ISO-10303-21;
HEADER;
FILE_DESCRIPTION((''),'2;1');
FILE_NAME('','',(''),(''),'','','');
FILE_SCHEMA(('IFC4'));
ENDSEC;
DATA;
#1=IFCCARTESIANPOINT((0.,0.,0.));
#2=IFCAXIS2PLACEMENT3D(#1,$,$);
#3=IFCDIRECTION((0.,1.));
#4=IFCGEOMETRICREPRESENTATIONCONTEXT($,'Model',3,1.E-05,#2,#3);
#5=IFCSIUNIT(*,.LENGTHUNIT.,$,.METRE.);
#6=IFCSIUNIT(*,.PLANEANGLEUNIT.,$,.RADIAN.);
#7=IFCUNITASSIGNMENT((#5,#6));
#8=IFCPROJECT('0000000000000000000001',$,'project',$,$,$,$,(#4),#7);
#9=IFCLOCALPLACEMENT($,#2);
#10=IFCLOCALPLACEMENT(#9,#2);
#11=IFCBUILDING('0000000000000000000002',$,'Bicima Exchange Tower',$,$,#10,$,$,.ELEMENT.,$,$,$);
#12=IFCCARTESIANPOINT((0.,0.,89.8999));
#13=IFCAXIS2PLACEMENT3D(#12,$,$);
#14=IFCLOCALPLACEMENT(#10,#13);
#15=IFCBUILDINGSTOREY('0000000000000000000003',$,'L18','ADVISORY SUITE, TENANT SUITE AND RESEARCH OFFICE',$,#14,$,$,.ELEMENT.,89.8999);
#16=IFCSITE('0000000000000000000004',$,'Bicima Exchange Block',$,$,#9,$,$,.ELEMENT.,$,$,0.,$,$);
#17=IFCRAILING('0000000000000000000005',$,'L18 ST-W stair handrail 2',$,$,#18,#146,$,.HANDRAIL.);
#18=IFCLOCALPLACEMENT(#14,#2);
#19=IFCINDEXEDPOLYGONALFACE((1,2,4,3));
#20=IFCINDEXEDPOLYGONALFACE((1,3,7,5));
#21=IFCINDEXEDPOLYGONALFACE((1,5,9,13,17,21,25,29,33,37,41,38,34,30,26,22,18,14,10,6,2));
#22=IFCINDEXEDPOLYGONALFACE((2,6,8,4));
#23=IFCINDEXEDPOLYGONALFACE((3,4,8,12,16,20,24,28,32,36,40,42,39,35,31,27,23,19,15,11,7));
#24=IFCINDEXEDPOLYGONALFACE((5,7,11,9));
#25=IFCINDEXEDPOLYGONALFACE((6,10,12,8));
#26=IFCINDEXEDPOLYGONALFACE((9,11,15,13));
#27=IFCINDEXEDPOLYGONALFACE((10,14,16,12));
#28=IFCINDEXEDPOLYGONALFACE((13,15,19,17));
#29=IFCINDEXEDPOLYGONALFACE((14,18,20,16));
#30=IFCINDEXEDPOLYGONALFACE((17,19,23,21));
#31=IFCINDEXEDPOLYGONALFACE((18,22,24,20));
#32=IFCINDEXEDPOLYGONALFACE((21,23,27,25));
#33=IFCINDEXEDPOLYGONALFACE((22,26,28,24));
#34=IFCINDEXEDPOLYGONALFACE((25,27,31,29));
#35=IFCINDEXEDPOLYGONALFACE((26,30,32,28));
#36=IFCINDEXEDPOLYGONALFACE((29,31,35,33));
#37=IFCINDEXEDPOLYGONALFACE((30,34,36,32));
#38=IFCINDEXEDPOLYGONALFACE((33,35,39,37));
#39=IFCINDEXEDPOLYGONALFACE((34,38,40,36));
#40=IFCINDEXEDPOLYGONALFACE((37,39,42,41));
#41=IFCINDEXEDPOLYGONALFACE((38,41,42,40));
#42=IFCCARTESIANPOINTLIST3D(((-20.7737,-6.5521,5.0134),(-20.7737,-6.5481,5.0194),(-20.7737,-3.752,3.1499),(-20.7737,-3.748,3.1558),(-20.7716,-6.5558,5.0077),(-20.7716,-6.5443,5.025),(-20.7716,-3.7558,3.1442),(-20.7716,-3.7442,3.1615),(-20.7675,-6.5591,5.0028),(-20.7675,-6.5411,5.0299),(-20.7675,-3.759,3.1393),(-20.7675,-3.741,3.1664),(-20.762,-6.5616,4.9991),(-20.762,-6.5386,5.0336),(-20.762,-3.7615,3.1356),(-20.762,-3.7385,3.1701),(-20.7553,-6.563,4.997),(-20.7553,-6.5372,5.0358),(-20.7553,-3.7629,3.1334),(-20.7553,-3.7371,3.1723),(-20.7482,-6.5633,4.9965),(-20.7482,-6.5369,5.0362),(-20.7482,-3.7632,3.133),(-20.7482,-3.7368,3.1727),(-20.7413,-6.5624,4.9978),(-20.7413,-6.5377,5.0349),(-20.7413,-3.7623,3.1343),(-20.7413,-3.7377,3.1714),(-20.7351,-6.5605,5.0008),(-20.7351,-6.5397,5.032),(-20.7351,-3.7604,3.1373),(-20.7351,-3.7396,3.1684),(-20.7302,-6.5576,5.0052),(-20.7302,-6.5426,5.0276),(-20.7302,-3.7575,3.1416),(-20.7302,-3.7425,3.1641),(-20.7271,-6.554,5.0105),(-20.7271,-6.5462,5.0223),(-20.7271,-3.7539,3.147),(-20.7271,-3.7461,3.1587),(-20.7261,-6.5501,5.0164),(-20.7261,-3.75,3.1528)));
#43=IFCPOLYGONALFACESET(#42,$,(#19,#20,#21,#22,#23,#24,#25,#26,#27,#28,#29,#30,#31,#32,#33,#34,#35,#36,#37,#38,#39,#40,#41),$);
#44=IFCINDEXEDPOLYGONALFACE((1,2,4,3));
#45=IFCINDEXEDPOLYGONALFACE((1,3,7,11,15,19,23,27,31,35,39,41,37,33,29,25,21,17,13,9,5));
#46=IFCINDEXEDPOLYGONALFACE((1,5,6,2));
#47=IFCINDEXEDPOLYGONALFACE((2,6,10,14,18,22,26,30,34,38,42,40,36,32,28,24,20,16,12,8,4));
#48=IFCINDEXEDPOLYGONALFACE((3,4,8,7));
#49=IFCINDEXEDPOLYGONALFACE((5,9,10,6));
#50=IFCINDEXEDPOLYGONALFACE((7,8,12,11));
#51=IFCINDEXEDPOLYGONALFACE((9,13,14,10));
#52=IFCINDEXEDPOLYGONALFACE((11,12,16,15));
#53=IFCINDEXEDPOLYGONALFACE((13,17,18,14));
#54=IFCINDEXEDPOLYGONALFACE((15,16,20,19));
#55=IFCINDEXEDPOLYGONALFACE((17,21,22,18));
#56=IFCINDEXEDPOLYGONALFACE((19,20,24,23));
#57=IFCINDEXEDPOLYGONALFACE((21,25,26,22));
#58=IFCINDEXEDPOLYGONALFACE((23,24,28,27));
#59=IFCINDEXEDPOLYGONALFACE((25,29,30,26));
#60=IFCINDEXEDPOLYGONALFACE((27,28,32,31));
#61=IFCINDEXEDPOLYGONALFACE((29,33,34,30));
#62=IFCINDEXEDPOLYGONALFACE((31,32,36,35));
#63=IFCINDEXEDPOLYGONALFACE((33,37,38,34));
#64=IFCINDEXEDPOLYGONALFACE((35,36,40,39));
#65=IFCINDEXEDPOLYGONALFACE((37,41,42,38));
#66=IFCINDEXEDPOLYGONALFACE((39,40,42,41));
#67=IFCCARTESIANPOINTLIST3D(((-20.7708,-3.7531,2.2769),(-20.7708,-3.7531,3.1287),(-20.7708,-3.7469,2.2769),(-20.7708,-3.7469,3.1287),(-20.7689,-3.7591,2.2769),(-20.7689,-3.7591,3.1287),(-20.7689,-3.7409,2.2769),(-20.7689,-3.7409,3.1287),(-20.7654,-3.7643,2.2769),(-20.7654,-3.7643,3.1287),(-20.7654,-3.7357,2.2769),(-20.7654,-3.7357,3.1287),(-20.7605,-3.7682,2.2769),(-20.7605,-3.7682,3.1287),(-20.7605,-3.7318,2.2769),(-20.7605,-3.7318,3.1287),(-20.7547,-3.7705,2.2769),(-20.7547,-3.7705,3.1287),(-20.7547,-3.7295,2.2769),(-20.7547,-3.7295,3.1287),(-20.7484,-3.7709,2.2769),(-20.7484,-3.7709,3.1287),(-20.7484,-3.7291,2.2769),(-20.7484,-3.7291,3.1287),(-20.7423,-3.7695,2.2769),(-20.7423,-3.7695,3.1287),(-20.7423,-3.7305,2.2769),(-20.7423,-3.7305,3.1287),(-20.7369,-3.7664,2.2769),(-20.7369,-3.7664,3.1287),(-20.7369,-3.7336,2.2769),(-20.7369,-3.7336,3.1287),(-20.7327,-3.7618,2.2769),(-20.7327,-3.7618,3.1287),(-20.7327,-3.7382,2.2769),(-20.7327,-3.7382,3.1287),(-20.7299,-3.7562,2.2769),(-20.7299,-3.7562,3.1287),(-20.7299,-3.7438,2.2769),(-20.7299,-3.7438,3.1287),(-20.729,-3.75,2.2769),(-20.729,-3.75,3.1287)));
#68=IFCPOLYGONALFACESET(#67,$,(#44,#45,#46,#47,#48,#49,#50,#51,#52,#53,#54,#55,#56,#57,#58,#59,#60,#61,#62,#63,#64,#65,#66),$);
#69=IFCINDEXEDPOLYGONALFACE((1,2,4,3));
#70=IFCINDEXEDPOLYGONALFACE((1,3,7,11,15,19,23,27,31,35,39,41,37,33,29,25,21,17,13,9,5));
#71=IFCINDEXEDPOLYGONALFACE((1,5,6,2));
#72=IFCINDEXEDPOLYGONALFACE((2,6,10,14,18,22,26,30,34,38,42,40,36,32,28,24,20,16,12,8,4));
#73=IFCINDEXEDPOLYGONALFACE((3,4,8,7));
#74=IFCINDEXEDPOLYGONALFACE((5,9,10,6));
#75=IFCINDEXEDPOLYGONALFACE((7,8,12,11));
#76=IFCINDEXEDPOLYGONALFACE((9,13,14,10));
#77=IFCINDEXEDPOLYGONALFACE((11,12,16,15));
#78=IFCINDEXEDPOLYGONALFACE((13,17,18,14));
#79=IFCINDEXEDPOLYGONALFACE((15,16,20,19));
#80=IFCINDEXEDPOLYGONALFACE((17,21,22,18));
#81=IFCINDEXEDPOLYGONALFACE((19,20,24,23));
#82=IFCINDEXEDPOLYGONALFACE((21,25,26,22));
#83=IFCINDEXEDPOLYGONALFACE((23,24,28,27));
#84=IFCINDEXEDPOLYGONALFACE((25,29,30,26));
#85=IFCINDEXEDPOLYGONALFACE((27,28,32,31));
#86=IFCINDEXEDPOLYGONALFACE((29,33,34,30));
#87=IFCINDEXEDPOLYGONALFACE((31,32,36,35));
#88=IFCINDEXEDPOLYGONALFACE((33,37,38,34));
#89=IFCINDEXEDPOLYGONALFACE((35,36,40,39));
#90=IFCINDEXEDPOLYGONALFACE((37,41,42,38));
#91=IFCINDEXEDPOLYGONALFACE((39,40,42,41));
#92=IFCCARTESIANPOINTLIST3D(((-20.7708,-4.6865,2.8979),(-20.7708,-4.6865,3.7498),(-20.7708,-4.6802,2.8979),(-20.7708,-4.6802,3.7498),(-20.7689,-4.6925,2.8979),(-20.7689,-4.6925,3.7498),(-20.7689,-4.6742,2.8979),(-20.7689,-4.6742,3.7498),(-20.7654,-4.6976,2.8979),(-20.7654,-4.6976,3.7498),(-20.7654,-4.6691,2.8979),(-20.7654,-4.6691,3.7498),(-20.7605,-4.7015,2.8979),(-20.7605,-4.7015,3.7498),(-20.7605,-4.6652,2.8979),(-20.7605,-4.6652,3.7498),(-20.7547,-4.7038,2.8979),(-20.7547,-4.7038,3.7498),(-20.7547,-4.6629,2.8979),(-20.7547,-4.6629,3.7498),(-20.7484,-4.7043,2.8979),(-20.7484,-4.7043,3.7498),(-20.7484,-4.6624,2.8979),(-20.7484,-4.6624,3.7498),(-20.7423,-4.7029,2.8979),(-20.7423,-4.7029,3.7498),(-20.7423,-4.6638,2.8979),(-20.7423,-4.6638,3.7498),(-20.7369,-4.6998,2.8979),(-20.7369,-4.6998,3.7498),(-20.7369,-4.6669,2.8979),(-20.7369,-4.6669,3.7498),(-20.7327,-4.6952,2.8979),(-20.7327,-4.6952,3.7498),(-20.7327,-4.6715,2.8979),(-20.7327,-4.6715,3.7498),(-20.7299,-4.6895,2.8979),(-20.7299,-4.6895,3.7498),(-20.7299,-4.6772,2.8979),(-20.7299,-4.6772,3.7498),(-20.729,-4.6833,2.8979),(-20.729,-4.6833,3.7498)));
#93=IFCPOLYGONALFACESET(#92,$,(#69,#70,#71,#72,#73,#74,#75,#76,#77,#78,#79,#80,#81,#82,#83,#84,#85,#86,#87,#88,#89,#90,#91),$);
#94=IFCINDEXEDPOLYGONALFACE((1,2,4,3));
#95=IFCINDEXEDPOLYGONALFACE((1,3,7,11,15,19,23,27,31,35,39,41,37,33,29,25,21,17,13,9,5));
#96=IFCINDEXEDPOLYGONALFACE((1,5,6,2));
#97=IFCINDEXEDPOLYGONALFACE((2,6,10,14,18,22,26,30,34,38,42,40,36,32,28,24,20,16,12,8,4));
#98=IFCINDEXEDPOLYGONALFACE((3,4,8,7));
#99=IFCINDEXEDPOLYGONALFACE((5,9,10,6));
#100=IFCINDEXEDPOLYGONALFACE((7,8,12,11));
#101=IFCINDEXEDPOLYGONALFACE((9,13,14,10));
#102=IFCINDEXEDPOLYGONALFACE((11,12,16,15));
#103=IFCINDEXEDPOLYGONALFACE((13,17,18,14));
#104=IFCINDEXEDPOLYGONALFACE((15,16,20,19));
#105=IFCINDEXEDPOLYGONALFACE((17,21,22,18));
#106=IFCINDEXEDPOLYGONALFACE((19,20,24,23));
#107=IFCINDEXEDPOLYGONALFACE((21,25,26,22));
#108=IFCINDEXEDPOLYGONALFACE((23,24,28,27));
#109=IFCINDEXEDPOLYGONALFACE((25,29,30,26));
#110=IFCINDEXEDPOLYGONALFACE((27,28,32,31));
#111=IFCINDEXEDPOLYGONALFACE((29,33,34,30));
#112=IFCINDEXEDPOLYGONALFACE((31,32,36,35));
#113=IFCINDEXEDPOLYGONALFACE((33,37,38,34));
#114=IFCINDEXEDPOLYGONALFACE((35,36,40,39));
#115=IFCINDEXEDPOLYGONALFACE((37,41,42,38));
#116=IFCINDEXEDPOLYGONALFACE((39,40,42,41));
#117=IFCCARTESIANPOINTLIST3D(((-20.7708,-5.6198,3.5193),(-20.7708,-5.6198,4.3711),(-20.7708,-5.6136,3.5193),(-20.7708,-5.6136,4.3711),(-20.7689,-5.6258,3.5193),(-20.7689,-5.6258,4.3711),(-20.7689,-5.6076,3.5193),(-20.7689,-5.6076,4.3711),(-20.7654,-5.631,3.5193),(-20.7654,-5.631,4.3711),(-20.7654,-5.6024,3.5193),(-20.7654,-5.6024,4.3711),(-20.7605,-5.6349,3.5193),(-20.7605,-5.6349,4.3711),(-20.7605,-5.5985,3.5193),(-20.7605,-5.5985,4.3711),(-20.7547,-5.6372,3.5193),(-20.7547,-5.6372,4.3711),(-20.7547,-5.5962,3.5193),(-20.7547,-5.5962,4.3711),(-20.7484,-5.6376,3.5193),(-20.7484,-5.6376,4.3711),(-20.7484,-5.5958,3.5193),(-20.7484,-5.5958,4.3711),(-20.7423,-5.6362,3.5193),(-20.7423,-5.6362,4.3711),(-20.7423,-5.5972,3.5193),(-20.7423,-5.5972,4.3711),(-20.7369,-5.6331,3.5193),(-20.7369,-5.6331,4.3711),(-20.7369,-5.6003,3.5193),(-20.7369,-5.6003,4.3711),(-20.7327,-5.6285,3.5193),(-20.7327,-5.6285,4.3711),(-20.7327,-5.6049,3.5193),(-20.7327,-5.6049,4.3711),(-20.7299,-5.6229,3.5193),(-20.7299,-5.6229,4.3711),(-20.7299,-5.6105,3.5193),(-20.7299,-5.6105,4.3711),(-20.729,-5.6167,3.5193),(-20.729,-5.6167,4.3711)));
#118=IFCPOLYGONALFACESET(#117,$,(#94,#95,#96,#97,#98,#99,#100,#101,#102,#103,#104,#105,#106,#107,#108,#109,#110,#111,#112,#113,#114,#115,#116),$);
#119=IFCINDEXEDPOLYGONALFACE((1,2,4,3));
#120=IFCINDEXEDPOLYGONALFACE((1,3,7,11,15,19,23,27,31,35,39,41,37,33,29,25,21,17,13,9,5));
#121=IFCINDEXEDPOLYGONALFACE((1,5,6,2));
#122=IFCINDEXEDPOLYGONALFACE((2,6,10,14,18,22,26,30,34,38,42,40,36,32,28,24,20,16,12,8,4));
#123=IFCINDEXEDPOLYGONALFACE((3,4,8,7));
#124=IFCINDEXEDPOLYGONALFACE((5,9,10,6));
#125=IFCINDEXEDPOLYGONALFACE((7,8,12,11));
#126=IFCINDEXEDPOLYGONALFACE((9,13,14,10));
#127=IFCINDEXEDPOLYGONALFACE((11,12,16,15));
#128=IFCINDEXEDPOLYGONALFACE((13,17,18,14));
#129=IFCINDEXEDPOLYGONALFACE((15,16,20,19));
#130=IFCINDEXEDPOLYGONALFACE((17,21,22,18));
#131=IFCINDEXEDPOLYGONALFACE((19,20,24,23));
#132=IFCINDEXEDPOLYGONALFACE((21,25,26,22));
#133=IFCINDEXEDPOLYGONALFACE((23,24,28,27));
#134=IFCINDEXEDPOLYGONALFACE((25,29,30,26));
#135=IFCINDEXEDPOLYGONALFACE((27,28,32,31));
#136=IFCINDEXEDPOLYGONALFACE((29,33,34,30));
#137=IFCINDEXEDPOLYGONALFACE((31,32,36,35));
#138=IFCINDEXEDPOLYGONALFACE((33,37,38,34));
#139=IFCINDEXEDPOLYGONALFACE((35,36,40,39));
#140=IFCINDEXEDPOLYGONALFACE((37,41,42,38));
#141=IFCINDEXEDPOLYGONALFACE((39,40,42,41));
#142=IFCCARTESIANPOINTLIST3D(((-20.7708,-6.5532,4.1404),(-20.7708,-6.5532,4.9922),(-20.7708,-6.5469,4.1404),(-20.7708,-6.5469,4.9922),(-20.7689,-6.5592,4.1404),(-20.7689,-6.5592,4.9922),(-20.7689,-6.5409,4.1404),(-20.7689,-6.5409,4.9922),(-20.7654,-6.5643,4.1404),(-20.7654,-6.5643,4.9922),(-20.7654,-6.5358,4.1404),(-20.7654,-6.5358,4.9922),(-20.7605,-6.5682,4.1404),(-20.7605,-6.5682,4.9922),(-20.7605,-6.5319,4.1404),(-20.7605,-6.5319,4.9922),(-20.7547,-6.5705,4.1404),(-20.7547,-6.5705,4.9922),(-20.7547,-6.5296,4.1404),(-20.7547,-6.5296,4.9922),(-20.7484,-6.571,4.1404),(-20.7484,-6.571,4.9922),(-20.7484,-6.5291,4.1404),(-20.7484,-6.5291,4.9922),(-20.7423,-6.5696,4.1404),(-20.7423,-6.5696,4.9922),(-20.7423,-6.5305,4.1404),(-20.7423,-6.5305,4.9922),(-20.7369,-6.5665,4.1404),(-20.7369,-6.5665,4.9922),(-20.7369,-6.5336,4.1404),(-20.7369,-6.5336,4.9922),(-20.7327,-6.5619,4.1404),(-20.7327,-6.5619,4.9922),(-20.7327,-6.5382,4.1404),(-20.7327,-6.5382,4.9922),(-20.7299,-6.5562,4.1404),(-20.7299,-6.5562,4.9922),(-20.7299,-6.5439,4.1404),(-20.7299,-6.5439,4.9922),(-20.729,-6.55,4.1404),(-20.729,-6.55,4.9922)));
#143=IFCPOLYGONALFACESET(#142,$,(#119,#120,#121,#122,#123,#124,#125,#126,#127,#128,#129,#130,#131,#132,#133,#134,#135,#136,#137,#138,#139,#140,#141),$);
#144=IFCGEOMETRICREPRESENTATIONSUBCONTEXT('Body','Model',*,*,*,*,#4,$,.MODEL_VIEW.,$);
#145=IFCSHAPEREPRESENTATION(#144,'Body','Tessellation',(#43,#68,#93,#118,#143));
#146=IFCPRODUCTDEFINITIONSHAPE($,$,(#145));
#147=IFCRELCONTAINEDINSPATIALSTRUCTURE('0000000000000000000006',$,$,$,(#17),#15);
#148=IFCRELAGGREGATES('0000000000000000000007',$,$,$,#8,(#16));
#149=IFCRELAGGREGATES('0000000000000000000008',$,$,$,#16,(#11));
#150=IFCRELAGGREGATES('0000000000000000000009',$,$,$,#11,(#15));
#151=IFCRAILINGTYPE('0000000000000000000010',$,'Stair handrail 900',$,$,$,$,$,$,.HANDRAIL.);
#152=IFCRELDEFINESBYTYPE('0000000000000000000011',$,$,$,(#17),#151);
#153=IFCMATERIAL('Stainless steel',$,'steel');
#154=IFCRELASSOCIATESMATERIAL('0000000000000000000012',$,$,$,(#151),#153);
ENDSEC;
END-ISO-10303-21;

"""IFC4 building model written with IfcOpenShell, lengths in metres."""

from ifc_helpers import new_model, si_unit, direction, frame, origin, origin_2d, place, context, subcontext, project, spatial, circle, extrude, material, type_object, element, save


model = new_model("IFC4")

# Units and contexts
model_context = context("Model", 3, precision=1e-05, world=origin(), true_north=direction((0.0, 1.0)))
body_context = subcontext(model_context, "Body", "Model", "MODEL_VIEW")
ifc_project = project(units=[si_unit("LENGTHUNIT", "METRE"), si_unit("PLANEANGLEUNIT", "RADIAN")], contexts=[model_context])

# Site, building, storey
site_placement = place(None, origin())
site = spatial("IfcSite", under=ifc_project, at=site_placement, Name="Bicima Exchange Block", CompositionType="ELEMENT", RefElevation=0.0)
building_placement = place(site_placement, origin())
building = spatial("IfcBuilding", under=site, at=building_placement, Name="Bicima Exchange Tower", CompositionType="ELEMENT")
storey_placement = place(building_placement, frame((0.0, 0.0, 89.8999)))
storey = spatial("IfcBuildingStorey", under=building, at=storey_placement, Name="L18", Description="ADVISORY SUITE, TENANT SUITE AND RESEARCH OFFICE", CompositionType="ELEMENT", Elevation=89.8999)

# Shared definitions
ifc_material_1 = material(Name="Stainless steel", Category="steel")

# Railing
railing_type_1 = type_object("IfcRailingType", Name="Stair handrail 900", PredefinedType="HANDRAIL", material=ifc_material_1)
railing_1_placement = place(storey_placement, frame((-20.75, -3.75, 2.2769)))
element("IfcRailing", 1, at=railing_1_placement, inside=storey, type_object=railing_type_1, Name="L18 ST-W stair handrail 2", PredefinedType="HANDRAIL", context=body_context, shape_type="SweptSolid", body=[
    extrude(circle(Radius=0.0239, at=origin_2d()), frame((0.0, 0.0, 0.876), z_axis=(0.0, -0.832486, 0.554047), x_axis=(1.0, 0.0, 0.0)), (0.0, 0.0, 1.0), 3.3635),
    extrude(circle(Radius=0.021, at=origin_2d()), origin(), (0.0, 0.0, 1.0), 0.8518),
    extrude(circle(Radius=0.021, at=origin_2d()), frame((0.0, -0.9333, 0.6211)), (0.0, 0.0, 1.0), 0.8518),
    extrude(circle(Radius=0.021, at=origin_2d()), frame((0.0, -1.8667, 1.2424)), (0.0, 0.0, 1.0), 0.8518),
    extrude(circle(Radius=0.021, at=origin_2d()), frame((0.0, -2.8, 1.8635)), (0.0, 0.0, 1.0), 0.8518),
])

save(model, "model.ifc")
